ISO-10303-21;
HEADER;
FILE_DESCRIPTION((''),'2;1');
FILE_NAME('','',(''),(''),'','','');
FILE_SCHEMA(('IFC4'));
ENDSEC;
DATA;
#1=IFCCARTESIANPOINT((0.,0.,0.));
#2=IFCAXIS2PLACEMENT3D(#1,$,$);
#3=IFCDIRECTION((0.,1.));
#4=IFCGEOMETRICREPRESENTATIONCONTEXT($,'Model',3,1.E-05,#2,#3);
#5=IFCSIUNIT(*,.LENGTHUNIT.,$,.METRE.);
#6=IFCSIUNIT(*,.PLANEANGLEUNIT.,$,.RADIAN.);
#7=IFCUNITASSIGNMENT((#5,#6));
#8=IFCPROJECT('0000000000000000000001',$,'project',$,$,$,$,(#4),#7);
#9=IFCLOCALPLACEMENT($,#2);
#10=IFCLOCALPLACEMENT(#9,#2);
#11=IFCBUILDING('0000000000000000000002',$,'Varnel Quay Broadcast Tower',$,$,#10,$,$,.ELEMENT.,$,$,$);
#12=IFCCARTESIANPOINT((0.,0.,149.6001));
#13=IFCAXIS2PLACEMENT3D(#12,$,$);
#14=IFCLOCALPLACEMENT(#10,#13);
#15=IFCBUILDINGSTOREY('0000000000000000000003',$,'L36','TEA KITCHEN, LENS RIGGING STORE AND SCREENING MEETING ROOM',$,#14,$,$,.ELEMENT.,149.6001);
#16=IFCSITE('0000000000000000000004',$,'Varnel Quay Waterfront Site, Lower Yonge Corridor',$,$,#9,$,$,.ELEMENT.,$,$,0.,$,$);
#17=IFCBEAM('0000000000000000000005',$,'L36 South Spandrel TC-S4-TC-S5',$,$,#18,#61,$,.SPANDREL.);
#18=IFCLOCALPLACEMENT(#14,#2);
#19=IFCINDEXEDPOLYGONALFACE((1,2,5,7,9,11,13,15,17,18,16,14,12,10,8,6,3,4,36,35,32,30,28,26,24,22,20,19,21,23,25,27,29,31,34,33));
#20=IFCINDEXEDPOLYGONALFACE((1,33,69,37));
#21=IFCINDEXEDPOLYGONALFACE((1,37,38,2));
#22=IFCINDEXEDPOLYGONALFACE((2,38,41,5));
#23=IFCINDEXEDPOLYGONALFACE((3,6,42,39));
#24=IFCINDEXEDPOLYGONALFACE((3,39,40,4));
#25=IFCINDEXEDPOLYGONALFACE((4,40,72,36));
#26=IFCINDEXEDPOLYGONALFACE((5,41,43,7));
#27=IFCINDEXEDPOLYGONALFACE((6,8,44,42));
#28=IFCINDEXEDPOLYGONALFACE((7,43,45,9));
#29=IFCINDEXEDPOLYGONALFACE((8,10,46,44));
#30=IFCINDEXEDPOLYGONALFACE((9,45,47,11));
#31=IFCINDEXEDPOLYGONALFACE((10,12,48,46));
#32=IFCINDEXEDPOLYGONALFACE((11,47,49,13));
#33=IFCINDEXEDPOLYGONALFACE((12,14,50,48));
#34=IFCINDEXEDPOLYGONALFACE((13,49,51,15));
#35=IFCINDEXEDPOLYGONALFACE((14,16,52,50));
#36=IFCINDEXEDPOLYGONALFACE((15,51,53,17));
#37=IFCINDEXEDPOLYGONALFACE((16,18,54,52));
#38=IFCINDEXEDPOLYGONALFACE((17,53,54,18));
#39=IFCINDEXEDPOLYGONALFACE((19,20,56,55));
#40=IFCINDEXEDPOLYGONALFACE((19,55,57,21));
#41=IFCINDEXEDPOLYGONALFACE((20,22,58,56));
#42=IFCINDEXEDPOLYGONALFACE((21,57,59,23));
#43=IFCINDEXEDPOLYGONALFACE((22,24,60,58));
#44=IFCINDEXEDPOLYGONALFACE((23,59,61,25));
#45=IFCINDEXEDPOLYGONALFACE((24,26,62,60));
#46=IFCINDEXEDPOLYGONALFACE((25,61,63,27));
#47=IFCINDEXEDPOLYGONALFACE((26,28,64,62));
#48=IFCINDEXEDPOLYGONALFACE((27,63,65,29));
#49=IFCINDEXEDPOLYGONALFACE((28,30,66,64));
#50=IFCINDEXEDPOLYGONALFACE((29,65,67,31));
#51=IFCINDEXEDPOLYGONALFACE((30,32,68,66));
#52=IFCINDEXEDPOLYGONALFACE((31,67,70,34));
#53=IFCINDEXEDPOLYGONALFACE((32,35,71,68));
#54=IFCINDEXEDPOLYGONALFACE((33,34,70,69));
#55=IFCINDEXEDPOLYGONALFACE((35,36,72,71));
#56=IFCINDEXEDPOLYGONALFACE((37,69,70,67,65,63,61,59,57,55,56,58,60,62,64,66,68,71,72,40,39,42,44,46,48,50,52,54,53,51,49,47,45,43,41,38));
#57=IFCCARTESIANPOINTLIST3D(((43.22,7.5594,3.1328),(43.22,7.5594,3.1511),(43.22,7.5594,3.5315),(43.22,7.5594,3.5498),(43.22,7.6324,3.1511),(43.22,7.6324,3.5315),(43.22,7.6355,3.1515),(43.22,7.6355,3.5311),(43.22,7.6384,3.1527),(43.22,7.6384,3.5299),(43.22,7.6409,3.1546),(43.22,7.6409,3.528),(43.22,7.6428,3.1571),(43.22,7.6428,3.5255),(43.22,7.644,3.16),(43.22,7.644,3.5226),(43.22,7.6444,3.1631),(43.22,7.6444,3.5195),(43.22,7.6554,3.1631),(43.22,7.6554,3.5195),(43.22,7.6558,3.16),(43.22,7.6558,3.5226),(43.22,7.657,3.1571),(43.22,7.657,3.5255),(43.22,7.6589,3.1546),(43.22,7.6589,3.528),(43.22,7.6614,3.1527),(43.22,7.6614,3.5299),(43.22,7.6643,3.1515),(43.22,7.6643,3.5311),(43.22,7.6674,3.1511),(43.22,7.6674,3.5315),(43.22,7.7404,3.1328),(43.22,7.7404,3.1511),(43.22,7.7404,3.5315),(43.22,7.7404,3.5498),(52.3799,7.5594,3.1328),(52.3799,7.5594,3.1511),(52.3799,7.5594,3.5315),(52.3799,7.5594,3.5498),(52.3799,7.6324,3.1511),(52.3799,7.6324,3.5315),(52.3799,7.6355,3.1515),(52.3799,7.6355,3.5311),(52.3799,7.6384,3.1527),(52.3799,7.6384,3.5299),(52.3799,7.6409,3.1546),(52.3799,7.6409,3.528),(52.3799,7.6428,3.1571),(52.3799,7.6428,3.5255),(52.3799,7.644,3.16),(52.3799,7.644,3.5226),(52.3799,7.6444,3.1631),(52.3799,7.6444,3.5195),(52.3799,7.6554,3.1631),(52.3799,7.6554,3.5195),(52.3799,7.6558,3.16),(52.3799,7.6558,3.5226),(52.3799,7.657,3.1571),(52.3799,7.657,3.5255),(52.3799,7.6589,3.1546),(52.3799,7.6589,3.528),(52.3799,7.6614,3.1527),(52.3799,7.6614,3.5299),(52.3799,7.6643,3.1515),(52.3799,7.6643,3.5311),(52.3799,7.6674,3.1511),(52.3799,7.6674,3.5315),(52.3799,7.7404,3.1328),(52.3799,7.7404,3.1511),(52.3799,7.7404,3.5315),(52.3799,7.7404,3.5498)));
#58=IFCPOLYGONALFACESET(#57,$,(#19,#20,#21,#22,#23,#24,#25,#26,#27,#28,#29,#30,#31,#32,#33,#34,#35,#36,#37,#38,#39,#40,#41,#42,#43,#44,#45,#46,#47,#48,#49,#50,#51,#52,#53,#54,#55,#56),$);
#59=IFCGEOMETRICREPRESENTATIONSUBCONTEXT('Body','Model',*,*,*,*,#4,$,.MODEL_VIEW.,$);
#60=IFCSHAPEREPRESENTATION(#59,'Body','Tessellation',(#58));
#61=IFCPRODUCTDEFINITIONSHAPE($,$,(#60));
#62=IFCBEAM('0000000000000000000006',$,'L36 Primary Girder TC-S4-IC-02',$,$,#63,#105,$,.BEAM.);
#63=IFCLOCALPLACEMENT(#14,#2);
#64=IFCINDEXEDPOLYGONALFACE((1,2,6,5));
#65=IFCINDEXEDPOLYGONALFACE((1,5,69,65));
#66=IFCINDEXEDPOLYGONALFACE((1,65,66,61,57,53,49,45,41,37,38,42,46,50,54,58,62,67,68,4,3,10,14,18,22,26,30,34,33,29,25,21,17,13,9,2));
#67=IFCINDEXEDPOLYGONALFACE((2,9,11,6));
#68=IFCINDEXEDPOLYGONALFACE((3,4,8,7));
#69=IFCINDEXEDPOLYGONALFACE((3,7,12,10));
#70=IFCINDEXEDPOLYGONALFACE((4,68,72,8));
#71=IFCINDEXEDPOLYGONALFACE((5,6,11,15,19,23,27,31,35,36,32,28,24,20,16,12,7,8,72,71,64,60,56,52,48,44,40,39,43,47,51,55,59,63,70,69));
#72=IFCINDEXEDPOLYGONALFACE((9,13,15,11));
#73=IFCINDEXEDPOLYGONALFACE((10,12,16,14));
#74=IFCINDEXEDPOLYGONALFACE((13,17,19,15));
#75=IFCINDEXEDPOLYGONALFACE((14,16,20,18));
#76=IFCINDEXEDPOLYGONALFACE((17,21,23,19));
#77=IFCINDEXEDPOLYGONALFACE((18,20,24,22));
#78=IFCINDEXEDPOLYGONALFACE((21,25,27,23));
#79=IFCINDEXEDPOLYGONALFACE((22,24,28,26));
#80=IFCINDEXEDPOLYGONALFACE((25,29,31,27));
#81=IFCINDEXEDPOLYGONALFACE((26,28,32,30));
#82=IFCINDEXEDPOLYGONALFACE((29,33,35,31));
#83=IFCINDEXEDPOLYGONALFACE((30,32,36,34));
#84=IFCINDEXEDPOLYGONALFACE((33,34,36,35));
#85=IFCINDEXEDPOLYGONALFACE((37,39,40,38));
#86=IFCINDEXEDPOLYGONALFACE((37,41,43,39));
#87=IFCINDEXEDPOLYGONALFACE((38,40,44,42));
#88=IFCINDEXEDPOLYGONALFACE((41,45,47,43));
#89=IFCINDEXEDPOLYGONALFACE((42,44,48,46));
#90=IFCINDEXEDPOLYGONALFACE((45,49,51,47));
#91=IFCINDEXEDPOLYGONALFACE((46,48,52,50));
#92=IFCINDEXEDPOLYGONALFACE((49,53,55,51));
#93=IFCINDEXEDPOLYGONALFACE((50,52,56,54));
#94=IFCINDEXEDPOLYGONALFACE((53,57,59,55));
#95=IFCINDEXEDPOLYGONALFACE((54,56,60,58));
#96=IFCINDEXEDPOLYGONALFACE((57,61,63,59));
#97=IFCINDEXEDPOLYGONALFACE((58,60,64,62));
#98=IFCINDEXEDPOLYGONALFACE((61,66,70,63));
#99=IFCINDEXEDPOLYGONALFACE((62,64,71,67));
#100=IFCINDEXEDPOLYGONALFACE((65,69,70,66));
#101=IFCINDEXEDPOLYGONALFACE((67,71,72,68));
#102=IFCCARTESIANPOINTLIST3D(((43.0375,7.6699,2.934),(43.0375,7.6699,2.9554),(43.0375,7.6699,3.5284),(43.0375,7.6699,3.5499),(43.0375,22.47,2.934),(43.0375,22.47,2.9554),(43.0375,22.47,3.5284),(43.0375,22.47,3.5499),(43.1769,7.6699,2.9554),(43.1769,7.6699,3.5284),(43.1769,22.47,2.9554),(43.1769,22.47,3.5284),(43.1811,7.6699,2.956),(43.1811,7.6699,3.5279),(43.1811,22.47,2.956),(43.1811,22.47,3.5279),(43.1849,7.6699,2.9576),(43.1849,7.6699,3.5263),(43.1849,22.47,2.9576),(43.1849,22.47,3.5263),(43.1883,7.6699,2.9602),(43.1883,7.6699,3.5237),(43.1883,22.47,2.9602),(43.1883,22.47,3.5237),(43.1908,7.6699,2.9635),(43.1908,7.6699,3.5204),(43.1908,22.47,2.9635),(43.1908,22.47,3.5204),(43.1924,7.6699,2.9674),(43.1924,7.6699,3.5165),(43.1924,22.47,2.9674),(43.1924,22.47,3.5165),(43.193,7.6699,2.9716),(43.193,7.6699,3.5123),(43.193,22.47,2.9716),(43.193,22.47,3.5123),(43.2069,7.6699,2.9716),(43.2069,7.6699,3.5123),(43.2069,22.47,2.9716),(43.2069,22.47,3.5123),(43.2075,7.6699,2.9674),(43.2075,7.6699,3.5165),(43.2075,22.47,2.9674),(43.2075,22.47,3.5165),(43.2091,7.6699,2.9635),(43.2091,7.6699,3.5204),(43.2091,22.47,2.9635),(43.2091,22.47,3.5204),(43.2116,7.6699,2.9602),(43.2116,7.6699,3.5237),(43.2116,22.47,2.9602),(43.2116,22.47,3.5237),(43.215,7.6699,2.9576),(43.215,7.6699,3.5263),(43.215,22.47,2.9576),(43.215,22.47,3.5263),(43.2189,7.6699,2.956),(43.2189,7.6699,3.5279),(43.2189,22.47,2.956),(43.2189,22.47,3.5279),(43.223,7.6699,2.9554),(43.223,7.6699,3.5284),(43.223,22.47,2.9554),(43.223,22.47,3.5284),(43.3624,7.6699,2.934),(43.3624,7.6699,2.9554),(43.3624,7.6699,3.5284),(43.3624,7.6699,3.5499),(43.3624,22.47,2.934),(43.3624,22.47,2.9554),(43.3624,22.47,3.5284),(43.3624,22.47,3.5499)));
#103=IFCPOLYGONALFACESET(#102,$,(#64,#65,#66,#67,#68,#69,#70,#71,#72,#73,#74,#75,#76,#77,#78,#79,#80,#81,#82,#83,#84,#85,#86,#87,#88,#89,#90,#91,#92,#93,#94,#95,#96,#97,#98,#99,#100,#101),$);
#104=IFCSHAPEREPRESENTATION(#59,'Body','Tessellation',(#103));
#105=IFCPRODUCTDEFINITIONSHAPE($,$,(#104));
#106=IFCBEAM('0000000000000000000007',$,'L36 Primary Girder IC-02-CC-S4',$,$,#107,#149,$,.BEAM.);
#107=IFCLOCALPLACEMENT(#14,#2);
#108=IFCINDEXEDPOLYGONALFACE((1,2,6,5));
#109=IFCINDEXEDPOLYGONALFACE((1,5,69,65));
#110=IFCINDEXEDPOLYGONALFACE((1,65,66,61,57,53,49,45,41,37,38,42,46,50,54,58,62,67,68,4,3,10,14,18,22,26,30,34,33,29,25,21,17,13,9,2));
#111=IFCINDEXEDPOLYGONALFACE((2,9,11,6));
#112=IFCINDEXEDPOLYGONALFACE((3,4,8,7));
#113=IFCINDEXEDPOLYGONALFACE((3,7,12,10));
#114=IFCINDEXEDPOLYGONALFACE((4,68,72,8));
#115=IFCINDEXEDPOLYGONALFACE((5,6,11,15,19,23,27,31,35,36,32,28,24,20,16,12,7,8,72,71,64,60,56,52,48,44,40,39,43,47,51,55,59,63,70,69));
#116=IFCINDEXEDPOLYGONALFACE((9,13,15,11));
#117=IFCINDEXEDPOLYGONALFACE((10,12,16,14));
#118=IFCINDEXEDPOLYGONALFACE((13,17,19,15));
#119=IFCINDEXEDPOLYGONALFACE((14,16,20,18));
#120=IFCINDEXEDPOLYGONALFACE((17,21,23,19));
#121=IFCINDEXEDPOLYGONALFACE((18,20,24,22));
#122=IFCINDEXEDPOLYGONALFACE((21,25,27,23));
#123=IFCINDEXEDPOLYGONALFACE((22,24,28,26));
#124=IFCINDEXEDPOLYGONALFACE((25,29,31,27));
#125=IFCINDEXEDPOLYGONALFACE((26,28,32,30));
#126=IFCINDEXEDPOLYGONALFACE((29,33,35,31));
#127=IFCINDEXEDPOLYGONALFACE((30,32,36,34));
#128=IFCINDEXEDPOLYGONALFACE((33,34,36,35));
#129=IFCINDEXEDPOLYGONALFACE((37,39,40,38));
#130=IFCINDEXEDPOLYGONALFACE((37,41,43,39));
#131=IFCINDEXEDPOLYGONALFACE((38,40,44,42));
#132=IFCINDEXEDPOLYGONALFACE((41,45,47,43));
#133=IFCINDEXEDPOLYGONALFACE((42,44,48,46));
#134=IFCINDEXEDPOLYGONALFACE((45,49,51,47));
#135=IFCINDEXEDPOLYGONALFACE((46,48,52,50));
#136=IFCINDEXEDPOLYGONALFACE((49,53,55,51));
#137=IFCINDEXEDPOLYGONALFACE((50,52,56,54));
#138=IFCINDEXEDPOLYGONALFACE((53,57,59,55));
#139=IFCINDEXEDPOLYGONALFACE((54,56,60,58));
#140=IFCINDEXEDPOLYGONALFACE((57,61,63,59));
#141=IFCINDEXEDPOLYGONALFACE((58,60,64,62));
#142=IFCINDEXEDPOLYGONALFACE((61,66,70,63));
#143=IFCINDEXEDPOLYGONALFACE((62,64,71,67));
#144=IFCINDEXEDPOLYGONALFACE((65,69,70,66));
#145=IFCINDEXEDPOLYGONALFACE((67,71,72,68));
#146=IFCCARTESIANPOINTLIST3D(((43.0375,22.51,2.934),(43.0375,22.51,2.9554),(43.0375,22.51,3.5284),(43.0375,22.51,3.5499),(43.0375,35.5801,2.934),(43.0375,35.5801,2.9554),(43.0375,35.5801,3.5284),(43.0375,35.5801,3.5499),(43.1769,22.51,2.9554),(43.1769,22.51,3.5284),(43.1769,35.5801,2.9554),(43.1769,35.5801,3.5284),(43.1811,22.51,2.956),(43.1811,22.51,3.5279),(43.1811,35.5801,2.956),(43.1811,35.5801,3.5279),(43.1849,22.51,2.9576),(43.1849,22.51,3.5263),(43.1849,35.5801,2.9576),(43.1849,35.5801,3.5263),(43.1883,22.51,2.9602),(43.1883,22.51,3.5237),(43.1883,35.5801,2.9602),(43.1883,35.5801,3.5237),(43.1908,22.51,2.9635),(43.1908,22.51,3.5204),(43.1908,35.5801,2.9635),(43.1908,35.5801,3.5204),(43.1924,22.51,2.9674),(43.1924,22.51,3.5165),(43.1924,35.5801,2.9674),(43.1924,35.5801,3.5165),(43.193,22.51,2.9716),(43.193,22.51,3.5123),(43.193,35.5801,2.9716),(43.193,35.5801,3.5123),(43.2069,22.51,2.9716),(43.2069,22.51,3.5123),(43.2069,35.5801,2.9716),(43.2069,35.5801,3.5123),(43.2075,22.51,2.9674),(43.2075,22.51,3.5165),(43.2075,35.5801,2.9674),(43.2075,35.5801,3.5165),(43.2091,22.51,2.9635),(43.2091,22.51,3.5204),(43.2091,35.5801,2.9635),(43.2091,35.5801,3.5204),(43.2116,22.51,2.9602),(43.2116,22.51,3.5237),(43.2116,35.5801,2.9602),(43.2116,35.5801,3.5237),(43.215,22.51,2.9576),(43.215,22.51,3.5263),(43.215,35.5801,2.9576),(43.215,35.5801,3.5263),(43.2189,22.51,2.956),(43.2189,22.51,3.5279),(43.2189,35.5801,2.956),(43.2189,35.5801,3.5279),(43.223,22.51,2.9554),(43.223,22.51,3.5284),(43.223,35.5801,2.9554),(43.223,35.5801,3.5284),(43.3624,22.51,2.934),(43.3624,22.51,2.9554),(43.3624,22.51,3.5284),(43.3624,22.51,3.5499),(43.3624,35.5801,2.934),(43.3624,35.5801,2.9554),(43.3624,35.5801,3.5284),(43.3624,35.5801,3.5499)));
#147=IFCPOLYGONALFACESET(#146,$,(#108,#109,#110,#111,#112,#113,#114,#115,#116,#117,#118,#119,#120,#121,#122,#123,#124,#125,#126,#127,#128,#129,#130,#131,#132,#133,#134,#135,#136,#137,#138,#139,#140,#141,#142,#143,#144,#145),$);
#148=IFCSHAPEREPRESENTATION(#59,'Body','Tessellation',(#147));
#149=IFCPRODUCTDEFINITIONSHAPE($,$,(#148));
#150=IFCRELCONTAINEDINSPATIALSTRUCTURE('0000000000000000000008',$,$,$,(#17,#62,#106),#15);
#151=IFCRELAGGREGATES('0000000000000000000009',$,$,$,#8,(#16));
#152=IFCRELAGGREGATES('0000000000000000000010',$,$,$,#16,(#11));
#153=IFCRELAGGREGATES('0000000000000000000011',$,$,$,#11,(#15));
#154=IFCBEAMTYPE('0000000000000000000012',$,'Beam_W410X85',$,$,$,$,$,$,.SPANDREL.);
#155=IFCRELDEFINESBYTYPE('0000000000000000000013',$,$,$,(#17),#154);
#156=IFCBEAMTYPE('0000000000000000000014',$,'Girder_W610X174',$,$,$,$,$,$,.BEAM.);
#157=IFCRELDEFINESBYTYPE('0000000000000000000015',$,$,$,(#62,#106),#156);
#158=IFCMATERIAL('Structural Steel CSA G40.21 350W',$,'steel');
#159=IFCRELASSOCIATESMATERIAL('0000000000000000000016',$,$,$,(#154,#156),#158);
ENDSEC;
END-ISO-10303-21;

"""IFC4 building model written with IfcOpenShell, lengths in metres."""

from ifc_helpers import new_model, si_unit, direction, frame, origin, origin_2d, place, context, subcontext, project, spatial, i_section, extrude, source, transform, mapped, material, material_profile, profile_set, type_object, type_shapes, element, save


model = new_model("IFC4")

# Units and contexts
model_context = context("Model", 3, precision=1e-05, world=origin(), true_north=direction((0.0, 1.0)))
body_context = subcontext(model_context, "Body", "Model", "MODEL_VIEW")
ifc_project = project(units=[si_unit("LENGTHUNIT", "METRE"), si_unit("PLANEANGLEUNIT", "RADIAN")], contexts=[model_context])

# Site, building, storey
site_placement = place(None, origin())
site = spatial("IfcSite", under=ifc_project, at=site_placement, Name="Varnel Quay Waterfront Site, Lower Yonge Corridor", CompositionType="ELEMENT", RefElevation=0.0)
building_placement = place(site_placement, origin())
building = spatial("IfcBuilding", under=site, at=building_placement, Name="Varnel Quay Broadcast Tower", CompositionType="ELEMENT")
storey_placement = place(building_placement, frame((0.0, 0.0, 149.6001)))
storey = spatial("IfcBuildingStorey", under=building, at=storey_placement, Name="L36", Description="TEA KITCHEN, LENS RIGGING STORE AND SCREENING MEETING ROOM", CompositionType="ELEMENT", Elevation=149.6001)

# Shared definitions
ifc_material_1 = material(Name="Structural Steel CSA G40.21 350W", Category="steel")

# Beams
ifc_material_profile_1 = material_profile(ifc_material_1, i_section(OverallWidth=0.1809, OverallDepth=0.417, WebThickness=0.011, FlangeThickness=0.0183, FilletRadius=0.012, at=origin_2d()), Name="W410X85")
ifc_profile_set_1 = profile_set([ifc_material_profile_1], Name="Structural Steel CSA G40.21 350W")
beam_type_1 = type_object("IfcBeamType", Name="Beam_W410X85", PredefinedType="SPANDREL", material=ifc_profile_set_1)
shared_shape_1 = source(origin(), body_context, "Body", "SweptSolid", [
    extrude(i_section(OverallWidth=0.1809, OverallDepth=0.417, WebThickness=0.011, FlangeThickness=0.0183, FilletRadius=0.012, at=origin_2d()), origin(), (0.0, 0.0, 1.0), 9.1599),
])
type_shapes(beam_type_1, [shared_shape_1])
for number, where, z_axis, x_axis, name in (
    (1, (43.22, 7.6499, 3.3413), (1.0, 0.0, 0.0), (0.0, 1.0, 0.0), "L36 South Spandrel TC-S4-TC-S5"),
):
    element("IfcBeam", number, at=place(storey_placement, frame(where, z_axis=z_axis, x_axis=x_axis)), inside=storey, type_object=beam_type_1, Name=name, PredefinedType="SPANDREL", context=body_context, shape_type="MappedRepresentation", body=[
        mapped(shared_shape_1, transform((0.0, 0.0, 0.0), x_axis=(1.0, 0.0, 0.0), y_axis=(0.0, 1.0, 0.0), z_axis=(0.0, 0.0, 1.0), scale=1.0)),
    ])
ifc_material_profile_2 = material_profile(ifc_material_1, i_section(OverallWidth=0.325, OverallDepth=0.616, WebThickness=0.0139, FlangeThickness=0.0215, FilletRadius=0.0161, at=origin_2d()), Name="W610X174")
ifc_profile_set_2 = profile_set([ifc_material_profile_2], Name="Structural Steel CSA G40.21 350W")
beam_type_2 = type_object("IfcBeamType", Name="Girder_W610X174", PredefinedType="BEAM", material=ifc_profile_set_2)
shared_shape_2 = source(origin(), body_context, "Body", "SweptSolid", [
    extrude(i_section(OverallWidth=0.325, OverallDepth=0.616, WebThickness=0.0139, FlangeThickness=0.0215, FilletRadius=0.0161, at=origin_2d()), origin(), (0.0, 0.0, 1.0), 14.8),
])
beam_1_placement = place(storey_placement, frame((43.2, 7.6699, 3.2419), z_axis=(0.0, 1.0, 0.0), x_axis=(-1.0, 0.0, 0.0)))
element("IfcBeam", 2, at=beam_1_placement, inside=storey, type_object=beam_type_2, Name="L36 Primary Girder TC-S4-IC-02", PredefinedType="BEAM", context=body_context, shape_type="MappedRepresentation", body=[
    mapped(shared_shape_2, transform((0.0, 0.0, 0.0), x_axis=(1.0, 0.0, 0.0), y_axis=(0.0, 1.0, 0.0), z_axis=(0.0, 0.0, 1.0), scale=1.0)),
])
shared_shape_3 = source(origin(), body_context, "Body", "SweptSolid", [
    extrude(i_section(OverallWidth=0.325, OverallDepth=0.616, WebThickness=0.0139, FlangeThickness=0.0215, FilletRadius=0.0161, at=origin_2d()), origin(), (0.0, 0.0, 1.0), 13.0701),
])
beam_2_placement = place(storey_placement, frame((43.2, 22.51, 3.2419), z_axis=(0.0, 1.0, 0.0), x_axis=(-1.0, 0.0, 0.0)))
element("IfcBeam", 3, at=beam_2_placement, inside=storey, type_object=beam_type_2, Name="L36 Primary Girder IC-02-CC-S4", PredefinedType="BEAM", context=body_context, shape_type="MappedRepresentation", body=[
    mapped(shared_shape_3, transform((0.0, 0.0, 0.0), x_axis=(1.0, 0.0, 0.0), y_axis=(0.0, 1.0, 0.0), z_axis=(0.0, 0.0, 1.0), scale=1.0)),
])

save(model, "model.ifc")
